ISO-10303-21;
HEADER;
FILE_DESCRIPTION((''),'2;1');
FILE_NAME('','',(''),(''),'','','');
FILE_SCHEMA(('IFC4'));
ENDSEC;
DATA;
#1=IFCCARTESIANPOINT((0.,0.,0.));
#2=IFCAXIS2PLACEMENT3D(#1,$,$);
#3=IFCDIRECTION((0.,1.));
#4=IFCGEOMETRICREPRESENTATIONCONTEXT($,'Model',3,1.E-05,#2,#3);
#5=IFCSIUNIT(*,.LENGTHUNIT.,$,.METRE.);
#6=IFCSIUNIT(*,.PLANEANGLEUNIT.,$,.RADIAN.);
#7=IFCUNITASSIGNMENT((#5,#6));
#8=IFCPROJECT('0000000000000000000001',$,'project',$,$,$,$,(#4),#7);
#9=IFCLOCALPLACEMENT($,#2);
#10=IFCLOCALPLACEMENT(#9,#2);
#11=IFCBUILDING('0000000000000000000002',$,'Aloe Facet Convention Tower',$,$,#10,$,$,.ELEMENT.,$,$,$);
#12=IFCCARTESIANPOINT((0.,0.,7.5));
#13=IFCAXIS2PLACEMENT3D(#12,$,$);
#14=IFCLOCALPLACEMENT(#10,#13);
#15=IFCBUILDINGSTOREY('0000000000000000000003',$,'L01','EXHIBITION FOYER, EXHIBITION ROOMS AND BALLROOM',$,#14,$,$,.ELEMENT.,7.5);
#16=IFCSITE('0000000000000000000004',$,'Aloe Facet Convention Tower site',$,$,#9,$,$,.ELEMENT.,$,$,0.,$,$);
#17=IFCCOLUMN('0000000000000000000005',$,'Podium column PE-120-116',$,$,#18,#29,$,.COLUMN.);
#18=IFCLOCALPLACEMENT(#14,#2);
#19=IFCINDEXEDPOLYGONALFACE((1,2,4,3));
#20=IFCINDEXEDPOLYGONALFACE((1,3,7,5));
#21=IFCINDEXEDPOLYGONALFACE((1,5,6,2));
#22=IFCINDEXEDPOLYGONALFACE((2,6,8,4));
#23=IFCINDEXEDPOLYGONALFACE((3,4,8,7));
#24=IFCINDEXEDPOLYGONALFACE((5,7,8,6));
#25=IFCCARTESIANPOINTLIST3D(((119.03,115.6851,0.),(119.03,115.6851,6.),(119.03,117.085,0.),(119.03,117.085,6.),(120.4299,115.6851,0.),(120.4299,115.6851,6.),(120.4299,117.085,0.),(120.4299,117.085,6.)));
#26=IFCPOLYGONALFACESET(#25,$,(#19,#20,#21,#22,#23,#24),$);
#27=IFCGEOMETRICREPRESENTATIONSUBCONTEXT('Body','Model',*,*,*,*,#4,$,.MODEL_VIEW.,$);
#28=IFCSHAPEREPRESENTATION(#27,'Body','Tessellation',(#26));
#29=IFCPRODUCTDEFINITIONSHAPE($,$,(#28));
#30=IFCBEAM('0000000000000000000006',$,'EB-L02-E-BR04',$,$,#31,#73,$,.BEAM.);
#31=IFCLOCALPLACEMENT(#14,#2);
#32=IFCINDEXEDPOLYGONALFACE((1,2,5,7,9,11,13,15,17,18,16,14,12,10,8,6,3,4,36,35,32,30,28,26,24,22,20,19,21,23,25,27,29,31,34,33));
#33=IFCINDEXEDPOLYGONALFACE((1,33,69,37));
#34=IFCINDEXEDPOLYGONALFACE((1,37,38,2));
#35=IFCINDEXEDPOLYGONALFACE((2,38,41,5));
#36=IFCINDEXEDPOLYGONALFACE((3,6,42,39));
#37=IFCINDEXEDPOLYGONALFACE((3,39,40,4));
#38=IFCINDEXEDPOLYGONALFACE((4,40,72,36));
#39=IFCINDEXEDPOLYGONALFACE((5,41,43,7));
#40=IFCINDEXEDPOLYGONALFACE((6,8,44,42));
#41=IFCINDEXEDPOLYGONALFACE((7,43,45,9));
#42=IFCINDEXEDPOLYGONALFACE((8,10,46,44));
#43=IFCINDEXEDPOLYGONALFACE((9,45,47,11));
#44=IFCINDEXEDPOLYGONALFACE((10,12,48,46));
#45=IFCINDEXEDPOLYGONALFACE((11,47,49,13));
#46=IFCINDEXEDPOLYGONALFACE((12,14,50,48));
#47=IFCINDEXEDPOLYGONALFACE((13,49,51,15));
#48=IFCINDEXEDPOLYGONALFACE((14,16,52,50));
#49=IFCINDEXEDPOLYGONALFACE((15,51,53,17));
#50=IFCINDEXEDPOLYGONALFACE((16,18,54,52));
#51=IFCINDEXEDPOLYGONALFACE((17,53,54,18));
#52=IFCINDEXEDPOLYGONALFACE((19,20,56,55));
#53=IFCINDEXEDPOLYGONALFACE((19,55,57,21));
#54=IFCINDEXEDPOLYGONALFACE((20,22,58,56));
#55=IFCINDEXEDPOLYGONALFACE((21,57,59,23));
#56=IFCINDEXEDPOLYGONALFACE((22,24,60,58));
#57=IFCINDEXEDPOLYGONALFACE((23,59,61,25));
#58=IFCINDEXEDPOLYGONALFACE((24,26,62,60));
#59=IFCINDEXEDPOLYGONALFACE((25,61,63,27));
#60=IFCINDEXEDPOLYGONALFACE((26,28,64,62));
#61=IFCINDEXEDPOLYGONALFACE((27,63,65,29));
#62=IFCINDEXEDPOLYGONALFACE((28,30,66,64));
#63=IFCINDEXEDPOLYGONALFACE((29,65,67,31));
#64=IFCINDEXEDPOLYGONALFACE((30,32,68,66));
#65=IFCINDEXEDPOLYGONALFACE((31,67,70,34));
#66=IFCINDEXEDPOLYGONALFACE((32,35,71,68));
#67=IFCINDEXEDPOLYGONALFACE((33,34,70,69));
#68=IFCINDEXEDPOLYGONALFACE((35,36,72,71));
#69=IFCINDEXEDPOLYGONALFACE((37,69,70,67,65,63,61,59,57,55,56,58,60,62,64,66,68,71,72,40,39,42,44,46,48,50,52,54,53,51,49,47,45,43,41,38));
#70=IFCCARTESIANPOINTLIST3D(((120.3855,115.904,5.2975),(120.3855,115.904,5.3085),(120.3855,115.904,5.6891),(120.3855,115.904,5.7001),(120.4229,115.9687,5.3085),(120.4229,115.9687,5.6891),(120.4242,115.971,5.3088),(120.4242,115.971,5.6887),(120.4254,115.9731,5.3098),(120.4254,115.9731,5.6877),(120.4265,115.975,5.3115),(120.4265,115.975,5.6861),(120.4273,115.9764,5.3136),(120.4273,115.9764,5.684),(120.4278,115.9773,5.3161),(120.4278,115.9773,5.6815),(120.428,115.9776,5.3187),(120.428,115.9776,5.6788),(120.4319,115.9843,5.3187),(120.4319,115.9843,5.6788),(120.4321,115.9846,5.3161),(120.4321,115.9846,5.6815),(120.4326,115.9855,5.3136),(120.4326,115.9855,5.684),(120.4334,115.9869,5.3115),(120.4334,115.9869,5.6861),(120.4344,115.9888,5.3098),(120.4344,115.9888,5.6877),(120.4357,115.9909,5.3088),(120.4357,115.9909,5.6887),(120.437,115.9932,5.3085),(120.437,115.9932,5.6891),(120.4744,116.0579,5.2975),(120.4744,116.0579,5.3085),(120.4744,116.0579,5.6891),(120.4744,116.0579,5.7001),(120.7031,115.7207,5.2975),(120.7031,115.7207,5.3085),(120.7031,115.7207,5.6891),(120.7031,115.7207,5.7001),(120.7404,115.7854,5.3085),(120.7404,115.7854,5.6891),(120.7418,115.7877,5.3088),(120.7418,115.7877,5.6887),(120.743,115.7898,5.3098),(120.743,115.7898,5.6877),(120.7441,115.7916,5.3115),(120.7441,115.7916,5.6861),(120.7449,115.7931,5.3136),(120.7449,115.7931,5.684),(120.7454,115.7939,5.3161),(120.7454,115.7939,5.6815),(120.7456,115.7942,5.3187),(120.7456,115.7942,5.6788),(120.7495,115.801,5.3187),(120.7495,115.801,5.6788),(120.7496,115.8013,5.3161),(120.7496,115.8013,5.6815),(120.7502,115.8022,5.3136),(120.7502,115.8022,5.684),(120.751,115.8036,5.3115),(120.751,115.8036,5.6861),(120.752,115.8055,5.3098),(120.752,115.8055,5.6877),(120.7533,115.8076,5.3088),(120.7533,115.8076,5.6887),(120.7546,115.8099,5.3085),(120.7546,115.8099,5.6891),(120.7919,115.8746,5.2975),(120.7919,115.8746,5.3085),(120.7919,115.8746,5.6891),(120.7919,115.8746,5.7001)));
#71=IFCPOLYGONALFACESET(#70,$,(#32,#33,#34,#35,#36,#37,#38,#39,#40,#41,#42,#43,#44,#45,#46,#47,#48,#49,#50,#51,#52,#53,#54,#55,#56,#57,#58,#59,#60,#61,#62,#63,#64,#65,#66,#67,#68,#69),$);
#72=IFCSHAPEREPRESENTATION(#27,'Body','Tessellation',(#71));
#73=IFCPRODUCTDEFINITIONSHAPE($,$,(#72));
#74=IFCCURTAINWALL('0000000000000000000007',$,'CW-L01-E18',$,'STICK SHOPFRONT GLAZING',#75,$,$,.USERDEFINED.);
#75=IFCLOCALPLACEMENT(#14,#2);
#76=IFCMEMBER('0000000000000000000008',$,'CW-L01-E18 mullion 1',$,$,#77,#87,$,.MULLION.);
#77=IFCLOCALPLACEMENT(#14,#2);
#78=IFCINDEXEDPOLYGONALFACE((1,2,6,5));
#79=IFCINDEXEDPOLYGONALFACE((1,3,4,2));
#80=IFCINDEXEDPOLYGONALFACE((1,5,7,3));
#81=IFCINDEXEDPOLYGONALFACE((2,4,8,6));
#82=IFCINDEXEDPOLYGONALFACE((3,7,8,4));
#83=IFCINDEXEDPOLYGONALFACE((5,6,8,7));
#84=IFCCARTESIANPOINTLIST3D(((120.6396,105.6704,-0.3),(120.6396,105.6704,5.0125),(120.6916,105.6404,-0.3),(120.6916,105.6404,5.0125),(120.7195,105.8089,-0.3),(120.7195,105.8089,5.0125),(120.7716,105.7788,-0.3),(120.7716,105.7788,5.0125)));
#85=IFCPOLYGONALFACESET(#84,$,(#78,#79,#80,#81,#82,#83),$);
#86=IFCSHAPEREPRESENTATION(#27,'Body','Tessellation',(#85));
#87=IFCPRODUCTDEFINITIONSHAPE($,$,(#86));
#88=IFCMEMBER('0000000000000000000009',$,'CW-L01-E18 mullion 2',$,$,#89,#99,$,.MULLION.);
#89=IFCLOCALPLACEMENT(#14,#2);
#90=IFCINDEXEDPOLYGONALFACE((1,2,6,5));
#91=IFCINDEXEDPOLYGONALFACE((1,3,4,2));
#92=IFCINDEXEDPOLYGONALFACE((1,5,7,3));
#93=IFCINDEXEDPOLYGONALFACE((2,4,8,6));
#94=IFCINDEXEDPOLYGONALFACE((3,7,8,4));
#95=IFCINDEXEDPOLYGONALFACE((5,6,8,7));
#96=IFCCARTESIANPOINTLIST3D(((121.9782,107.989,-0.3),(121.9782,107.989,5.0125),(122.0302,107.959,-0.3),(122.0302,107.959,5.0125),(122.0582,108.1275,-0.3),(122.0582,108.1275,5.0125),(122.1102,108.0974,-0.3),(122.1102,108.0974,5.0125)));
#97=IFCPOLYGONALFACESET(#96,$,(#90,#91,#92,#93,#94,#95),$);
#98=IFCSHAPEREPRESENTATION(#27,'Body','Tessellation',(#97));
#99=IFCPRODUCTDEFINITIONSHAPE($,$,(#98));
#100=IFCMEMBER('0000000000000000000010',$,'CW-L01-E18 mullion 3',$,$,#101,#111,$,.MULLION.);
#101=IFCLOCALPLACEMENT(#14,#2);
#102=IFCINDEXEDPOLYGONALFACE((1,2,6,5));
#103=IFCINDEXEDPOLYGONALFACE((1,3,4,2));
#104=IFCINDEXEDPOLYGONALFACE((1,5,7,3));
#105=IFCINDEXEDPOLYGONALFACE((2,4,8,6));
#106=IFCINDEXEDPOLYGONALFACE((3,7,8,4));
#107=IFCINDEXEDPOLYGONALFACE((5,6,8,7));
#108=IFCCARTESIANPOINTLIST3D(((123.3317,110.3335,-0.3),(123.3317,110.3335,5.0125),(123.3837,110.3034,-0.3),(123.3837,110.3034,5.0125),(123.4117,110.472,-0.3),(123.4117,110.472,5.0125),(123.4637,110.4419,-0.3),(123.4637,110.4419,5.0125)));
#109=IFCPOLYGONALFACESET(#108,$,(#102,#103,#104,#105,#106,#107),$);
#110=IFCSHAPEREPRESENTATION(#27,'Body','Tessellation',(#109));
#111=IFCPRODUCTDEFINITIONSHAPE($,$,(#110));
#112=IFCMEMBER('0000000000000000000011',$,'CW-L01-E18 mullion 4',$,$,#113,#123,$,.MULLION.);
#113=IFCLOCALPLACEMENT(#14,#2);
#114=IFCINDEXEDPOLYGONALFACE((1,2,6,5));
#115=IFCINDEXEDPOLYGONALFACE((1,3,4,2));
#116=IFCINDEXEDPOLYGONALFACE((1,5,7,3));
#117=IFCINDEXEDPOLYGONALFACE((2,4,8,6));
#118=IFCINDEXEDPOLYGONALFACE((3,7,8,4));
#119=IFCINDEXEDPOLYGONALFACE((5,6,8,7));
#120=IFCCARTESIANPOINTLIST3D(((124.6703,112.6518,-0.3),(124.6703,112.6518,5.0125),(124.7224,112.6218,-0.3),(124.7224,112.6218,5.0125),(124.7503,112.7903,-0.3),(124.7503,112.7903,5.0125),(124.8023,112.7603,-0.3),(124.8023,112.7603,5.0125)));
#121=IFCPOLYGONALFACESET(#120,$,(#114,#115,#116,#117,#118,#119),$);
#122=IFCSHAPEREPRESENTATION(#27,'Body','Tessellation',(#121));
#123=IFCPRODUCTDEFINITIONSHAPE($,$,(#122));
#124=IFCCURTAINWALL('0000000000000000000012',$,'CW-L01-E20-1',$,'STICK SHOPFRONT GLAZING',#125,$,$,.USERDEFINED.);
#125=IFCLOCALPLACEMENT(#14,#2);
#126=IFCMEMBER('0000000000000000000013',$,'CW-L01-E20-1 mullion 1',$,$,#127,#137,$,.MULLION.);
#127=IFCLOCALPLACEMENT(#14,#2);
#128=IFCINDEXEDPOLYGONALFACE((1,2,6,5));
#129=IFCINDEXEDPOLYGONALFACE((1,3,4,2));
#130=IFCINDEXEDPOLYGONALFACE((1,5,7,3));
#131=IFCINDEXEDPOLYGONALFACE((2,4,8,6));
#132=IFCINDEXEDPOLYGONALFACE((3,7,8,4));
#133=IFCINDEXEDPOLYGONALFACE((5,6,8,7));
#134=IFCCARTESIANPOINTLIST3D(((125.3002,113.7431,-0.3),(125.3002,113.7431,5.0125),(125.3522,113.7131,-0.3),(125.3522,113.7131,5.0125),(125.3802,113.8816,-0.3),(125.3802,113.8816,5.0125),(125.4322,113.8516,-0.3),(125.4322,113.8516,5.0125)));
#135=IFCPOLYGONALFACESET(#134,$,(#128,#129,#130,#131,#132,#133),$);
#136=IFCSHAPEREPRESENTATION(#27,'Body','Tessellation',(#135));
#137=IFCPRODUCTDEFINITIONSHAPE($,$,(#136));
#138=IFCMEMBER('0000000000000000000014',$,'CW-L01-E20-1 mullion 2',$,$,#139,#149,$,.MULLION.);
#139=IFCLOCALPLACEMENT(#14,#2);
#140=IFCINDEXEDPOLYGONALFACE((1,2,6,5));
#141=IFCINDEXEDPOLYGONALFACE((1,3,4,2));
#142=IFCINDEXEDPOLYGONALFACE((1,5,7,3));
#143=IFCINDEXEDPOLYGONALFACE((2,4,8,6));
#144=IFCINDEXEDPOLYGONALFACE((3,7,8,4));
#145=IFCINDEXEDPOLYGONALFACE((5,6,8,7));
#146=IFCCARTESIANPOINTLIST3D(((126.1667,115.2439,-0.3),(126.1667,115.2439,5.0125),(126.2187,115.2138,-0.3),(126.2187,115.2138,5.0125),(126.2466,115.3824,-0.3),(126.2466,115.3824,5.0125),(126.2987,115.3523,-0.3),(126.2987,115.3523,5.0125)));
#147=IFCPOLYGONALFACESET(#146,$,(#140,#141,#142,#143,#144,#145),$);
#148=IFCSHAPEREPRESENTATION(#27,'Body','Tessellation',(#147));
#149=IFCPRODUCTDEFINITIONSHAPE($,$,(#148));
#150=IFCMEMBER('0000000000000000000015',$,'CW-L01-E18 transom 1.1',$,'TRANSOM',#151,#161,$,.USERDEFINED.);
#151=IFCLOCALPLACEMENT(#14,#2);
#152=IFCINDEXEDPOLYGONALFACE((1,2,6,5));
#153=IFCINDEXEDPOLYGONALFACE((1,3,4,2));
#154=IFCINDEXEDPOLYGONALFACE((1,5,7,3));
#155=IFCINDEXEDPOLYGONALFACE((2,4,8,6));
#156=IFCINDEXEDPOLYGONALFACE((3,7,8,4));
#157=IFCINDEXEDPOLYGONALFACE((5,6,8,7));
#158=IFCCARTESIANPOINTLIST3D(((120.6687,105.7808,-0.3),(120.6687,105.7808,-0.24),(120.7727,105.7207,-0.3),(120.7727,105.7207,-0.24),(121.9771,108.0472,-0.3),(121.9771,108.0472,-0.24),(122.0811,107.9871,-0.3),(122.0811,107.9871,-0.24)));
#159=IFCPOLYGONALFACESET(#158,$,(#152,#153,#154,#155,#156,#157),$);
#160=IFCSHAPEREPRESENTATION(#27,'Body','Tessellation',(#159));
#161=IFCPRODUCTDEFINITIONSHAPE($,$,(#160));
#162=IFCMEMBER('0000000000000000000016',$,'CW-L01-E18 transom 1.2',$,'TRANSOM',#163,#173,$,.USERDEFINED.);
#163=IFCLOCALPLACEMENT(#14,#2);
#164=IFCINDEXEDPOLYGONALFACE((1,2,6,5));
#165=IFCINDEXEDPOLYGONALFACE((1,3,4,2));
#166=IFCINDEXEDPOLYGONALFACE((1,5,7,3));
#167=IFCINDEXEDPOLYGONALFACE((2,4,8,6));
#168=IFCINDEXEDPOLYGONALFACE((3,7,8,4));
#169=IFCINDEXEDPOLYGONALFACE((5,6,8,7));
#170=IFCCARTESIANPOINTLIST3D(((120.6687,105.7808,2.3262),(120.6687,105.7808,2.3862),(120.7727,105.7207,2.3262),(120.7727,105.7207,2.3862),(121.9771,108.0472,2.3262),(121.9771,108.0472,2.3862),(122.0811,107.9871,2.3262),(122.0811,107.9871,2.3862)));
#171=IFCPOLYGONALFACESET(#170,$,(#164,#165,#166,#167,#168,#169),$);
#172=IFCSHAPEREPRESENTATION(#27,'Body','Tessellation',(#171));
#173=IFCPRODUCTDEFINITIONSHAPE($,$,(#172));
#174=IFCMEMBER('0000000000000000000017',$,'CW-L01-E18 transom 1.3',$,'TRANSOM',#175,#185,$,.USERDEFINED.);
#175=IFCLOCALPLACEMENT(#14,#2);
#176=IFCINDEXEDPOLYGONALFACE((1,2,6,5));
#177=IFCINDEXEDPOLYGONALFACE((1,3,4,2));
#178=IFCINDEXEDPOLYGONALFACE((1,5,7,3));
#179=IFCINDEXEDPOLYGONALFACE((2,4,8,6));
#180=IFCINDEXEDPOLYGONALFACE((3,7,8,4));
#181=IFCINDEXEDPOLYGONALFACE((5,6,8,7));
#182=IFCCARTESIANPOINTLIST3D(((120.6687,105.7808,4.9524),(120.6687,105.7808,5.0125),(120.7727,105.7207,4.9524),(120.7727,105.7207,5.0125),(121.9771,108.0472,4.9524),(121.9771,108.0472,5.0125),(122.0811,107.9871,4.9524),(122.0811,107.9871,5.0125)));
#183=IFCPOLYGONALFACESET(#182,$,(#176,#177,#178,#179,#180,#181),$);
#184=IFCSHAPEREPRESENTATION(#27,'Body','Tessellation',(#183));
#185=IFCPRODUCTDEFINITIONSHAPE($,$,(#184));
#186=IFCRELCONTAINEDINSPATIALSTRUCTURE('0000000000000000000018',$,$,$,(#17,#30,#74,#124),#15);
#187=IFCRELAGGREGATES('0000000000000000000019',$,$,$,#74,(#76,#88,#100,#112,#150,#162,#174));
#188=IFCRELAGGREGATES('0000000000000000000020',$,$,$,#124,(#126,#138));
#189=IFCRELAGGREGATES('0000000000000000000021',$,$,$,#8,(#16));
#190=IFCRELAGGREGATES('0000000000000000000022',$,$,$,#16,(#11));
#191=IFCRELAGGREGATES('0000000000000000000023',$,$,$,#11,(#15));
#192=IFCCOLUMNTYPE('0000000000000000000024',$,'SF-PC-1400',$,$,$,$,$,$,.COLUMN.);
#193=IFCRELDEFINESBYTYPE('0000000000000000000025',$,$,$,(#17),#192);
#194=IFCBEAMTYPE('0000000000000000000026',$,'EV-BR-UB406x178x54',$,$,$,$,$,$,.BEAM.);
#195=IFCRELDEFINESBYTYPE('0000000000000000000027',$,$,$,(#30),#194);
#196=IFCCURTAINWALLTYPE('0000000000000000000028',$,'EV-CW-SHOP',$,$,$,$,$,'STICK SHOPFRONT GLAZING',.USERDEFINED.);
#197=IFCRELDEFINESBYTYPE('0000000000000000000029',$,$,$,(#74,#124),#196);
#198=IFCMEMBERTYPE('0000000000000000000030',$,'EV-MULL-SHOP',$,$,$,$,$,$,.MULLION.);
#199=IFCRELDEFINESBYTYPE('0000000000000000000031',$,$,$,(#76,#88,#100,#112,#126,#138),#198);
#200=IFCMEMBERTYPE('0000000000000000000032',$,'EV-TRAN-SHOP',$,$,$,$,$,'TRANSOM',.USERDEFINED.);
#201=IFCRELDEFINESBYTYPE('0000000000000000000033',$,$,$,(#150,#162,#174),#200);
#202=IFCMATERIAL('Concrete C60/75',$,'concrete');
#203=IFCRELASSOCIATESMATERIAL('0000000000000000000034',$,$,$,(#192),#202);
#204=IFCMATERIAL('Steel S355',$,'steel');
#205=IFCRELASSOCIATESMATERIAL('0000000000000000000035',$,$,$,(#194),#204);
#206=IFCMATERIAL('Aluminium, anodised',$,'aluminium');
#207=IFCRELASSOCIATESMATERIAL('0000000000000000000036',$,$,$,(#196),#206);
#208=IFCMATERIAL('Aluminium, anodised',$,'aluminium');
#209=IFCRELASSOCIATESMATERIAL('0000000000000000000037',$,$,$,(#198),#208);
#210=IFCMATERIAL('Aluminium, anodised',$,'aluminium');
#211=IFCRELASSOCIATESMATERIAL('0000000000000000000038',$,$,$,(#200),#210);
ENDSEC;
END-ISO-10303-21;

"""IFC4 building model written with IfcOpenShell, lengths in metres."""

from ifc_helpers import new_model, si_unit, direction, frame, origin, origin_2d, place, context, subcontext, project, spatial, rectangle, i_section, extrude, material, material_profile, profile_set, type_object, element, aggregate, save


model = new_model("IFC4")

# Units and contexts
model_context = context("Model", 3, precision=1e-05, world=origin(), true_north=direction((0.0, 1.0)))
body_context = subcontext(model_context, "Body", "Model", "MODEL_VIEW")
ifc_project = project(units=[si_unit("LENGTHUNIT", "METRE"), si_unit("PLANEANGLEUNIT", "RADIAN")], contexts=[model_context])

# Site, building, storey
site_placement = place(None, origin())
site = spatial("IfcSite", under=ifc_project, at=site_placement, Name="Aloe Facet Convention Tower site", CompositionType="ELEMENT", RefElevation=0.0)
building_placement = place(site_placement, origin())
building = spatial("IfcBuilding", under=site, at=building_placement, Name="Aloe Facet Convention Tower", CompositionType="ELEMENT")
storey_placement = place(building_placement, frame((0.0, 0.0, 7.5)))
storey = spatial("IfcBuildingStorey", under=building, at=storey_placement, Name="L01", Description="EXHIBITION FOYER, EXHIBITION ROOMS AND BALLROOM", CompositionType="ELEMENT", Elevation=7.5)

# Column
ifc_material_1 = material(Name="Concrete C60/75", Category="concrete")
ifc_material_profile_1 = material_profile(ifc_material_1, rectangle(XDim=1.3999, YDim=1.3999, at=origin_2d()), Name="SF-PC-1400")
ifc_profile_set_1 = profile_set([ifc_material_profile_1], Name="Concrete C60/75")
column_type = type_object("IfcColumnType", Name="SF-PC-1400", PredefinedType="COLUMN", material=ifc_profile_set_1)
column_placement = place(storey_placement, frame((119.73, 116.385, 0.0), z_axis=(0.0, 0.0, 1.0), x_axis=(1.0, 0.0, 0.0)))
element("IfcColumn", 1, at=column_placement, inside=storey, type_object=column_type, Name="Podium column PE-120-116", PredefinedType="COLUMN", context=body_context, shape_type="SweptSolid", body=[
    extrude(rectangle(XDim=1.3999, YDim=1.3999, at=origin_2d()), origin(), (0.0, 0.0, 1.0), 6.0),
])

# Beam
ifc_material_2 = material(Name="Steel S355", Category="steel")
ifc_material_profile_2 = material_profile(ifc_material_2, i_section(OverallWidth=0.1777, OverallDepth=0.4026, WebThickness=0.0078, FlangeThickness=0.011, FilletRadius=0.0103, at=origin_2d()), Name="UB 406x178x54")
ifc_profile_set_2 = profile_set([ifc_material_profile_2], Name="Steel S355")
beam_type_1 = type_object("IfcBeamType", Name="EV-BR-UB406x178x54", PredefinedType="BEAM", material=ifc_profile_set_2)
beam_1_placement = place(storey_placement, frame((120.4299, 115.981, 5.4988), z_axis=(0.866064, -0.499934, 0.0), x_axis=(0.499934, 0.866064, 0.0)))
element("IfcBeam", 2, at=beam_1_placement, inside=storey, type_object=beam_type_1, Name="EB-L02-E-BR04", PredefinedType="BEAM", context=body_context, shape_type="SweptSolid", body=[
    extrude(i_section(OverallWidth=0.1777, OverallDepth=0.4026, WebThickness=0.0078, FlangeThickness=0.011, FilletRadius=0.0103, at=origin_2d()), origin(), (0.0, 0.0, 1.0), 0.3667),
])

# Curtain walls, members
ifc_material_3 = material(Name="Aluminium, anodised", Category="aluminium")
curtain_wall_type = type_object("IfcCurtainWallType", Name="EV-CW-SHOP", ElementType="STICK SHOPFRONT GLAZING", PredefinedType="USERDEFINED", material=ifc_material_3)
curtain_wall_1_placement = place(storey_placement, origin())
curtain_wall_1 = element("IfcCurtainWall", 3, at=curtain_wall_1_placement, inside=storey, type_object=curtain_wall_type, Name="CW-L01-E18", ObjectType="STICK SHOPFRONT GLAZING", PredefinedType="USERDEFINED")
ifc_material_4 = material(Name="Aluminium, anodised", Category="aluminium")
ifc_material_profile_3 = material_profile(ifc_material_4, rectangle(XDim=0.0601, YDim=0.1599, at=origin_2d()), Name="AL 60x160")
ifc_profile_set_3 = profile_set([ifc_material_profile_3], Name="Aluminium, anodised")
member_type_1 = type_object("IfcMemberType", Name="EV-MULL-SHOP", PredefinedType="MULLION", material=ifc_profile_set_3)
member_1_placement = place(storey_placement, frame((120.7056, 105.7246, -0.3), z_axis=(0.0, 0.0, 1.0), x_axis=(-0.866025, 0.5, 0.0)))
member_1 = element("IfcMember", 4, at=member_1_placement, type_object=member_type_1, Name="CW-L01-E18 mullion 1", PredefinedType="MULLION", context=body_context, shape_type="SweptSolid", body=[
    extrude(rectangle(XDim=0.0601, YDim=0.1599, at=origin_2d()), origin(), (0.0, 0.0, 1.0), 5.3125),
])
member_2_placement = place(storey_placement, frame((122.0442, 108.0432, -0.3), z_axis=(0.0, 0.0, 1.0), x_axis=(-0.866025, 0.5, 0.0)))
member_2 = element("IfcMember", 5, at=member_2_placement, type_object=member_type_1, Name="CW-L01-E18 mullion 2", PredefinedType="MULLION", context=body_context, shape_type="SweptSolid", body=[
    extrude(rectangle(XDim=0.0601, YDim=0.1599, at=origin_2d()), origin(), (0.0, 0.0, 1.0), 5.3125),
])
member_3_placement = place(storey_placement, frame((123.3977, 110.3877, -0.3), z_axis=(0.0, 0.0, 1.0), x_axis=(-0.866025, 0.5, 0.0)))
member_3 = element("IfcMember", 6, at=member_3_placement, type_object=member_type_1, Name="CW-L01-E18 mullion 3", PredefinedType="MULLION", context=body_context, shape_type="SweptSolid", body=[
    extrude(rectangle(XDim=0.0601, YDim=0.1599, at=origin_2d()), origin(), (0.0, 0.0, 1.0), 5.3125),
])
member_4_placement = place(storey_placement, frame((124.7363, 112.7061, -0.3), z_axis=(0.0, 0.0, 1.0), x_axis=(-0.866025, 0.5, 0.0)))
member_4 = element("IfcMember", 7, at=member_4_placement, type_object=member_type_1, Name="CW-L01-E18 mullion 4", PredefinedType="MULLION", context=body_context, shape_type="SweptSolid", body=[
    extrude(rectangle(XDim=0.0601, YDim=0.1599, at=origin_2d()), origin(), (0.0, 0.0, 1.0), 5.3125),
])
curtain_wall_2_placement = place(storey_placement, origin())
curtain_wall_2 = element("IfcCurtainWall", 8, at=curtain_wall_2_placement, inside=storey, type_object=curtain_wall_type, Name="CW-L01-E20-1", ObjectType="STICK SHOPFRONT GLAZING", PredefinedType="USERDEFINED")
member_5_placement = place(storey_placement, frame((125.3662, 113.7974, -0.3), z_axis=(0.0, 0.0, 1.0), x_axis=(-0.866025, 0.5, 0.0)))
member_5 = element("IfcMember", 9, at=member_5_placement, type_object=member_type_1, Name="CW-L01-E20-1 mullion 1", PredefinedType="MULLION", context=body_context, shape_type="SweptSolid", body=[
    extrude(rectangle(XDim=0.0601, YDim=0.1599, at=origin_2d()), origin(), (0.0, 0.0, 1.0), 5.3125),
])
member_6_placement = place(storey_placement, frame((126.2327, 115.2981, -0.3), z_axis=(0.0, 0.0, 1.0), x_axis=(-0.866025, 0.5, 0.0)))
member_6 = element("IfcMember", 10, at=member_6_placement, type_object=member_type_1, Name="CW-L01-E20-1 mullion 2", PredefinedType="MULLION", context=body_context, shape_type="SweptSolid", body=[
    extrude(rectangle(XDim=0.0601, YDim=0.1599, at=origin_2d()), origin(), (0.0, 0.0, 1.0), 5.3125),
])

# Members
ifc_material_5 = material(Name="Aluminium, anodised", Category="aluminium")
ifc_material_profile_4 = material_profile(ifc_material_5, rectangle(XDim=0.1201, YDim=0.0601, at=origin_2d()), Name="AL 120x60")
ifc_profile_set_4 = profile_set([ifc_material_profile_4], Name="Aluminium, anodised")
member_type_2 = type_object("IfcMemberType", Name="EV-TRAN-SHOP", ElementType="TRANSOM", PredefinedType="USERDEFINED", material=ifc_profile_set_4)
member_7_placement = place(storey_placement, frame((120.7207, 105.7507, -0.27), z_axis=(0.499962, 0.866047, 0.0), x_axis=(-0.866047, 0.499962, 0.0)))
member_7 = element("IfcMember", 11, at=member_7_placement, type_object=member_type_2, Name="CW-L01-E18 transom 1.1", ObjectType="TRANSOM", PredefinedType="USERDEFINED", context=body_context, shape_type="SweptSolid", body=[
    extrude(rectangle(XDim=0.1201, YDim=0.0601, at=origin_2d()), origin(), (0.0, 0.0, 1.0), 2.6169),
])
member_8_placement = place(storey_placement, frame((120.7207, 105.7507, 2.3562), z_axis=(0.499962, 0.866047, 0.0), x_axis=(-0.866047, 0.499962, 0.0)))
member_8 = element("IfcMember", 12, at=member_8_placement, type_object=member_type_2, Name="CW-L01-E18 transom 1.2", ObjectType="TRANSOM", PredefinedType="USERDEFINED", context=body_context, shape_type="SweptSolid", body=[
    extrude(rectangle(XDim=0.1201, YDim=0.0601, at=origin_2d()), origin(), (0.0, 0.0, 1.0), 2.6169),
])
member_9_placement = place(storey_placement, frame((120.7207, 105.7507, 4.9824), z_axis=(0.499962, 0.866047, 0.0), x_axis=(-0.866047, 0.499962, 0.0)))
member_9 = element("IfcMember", 13, at=member_9_placement, type_object=member_type_2, Name="CW-L01-E18 transom 1.3", ObjectType="TRANSOM", PredefinedType="USERDEFINED", context=body_context, shape_type="SweptSolid", body=[
    extrude(rectangle(XDim=0.1201, YDim=0.0601, at=origin_2d()), origin(), (0.0, 0.0, 1.0), 2.6169),
])

aggregate(curtain_wall_1, [member_1, member_2, member_3, member_4, member_7, member_8, member_9])
aggregate(curtain_wall_2, [member_5, member_6])

save(model, "model.ifc")
